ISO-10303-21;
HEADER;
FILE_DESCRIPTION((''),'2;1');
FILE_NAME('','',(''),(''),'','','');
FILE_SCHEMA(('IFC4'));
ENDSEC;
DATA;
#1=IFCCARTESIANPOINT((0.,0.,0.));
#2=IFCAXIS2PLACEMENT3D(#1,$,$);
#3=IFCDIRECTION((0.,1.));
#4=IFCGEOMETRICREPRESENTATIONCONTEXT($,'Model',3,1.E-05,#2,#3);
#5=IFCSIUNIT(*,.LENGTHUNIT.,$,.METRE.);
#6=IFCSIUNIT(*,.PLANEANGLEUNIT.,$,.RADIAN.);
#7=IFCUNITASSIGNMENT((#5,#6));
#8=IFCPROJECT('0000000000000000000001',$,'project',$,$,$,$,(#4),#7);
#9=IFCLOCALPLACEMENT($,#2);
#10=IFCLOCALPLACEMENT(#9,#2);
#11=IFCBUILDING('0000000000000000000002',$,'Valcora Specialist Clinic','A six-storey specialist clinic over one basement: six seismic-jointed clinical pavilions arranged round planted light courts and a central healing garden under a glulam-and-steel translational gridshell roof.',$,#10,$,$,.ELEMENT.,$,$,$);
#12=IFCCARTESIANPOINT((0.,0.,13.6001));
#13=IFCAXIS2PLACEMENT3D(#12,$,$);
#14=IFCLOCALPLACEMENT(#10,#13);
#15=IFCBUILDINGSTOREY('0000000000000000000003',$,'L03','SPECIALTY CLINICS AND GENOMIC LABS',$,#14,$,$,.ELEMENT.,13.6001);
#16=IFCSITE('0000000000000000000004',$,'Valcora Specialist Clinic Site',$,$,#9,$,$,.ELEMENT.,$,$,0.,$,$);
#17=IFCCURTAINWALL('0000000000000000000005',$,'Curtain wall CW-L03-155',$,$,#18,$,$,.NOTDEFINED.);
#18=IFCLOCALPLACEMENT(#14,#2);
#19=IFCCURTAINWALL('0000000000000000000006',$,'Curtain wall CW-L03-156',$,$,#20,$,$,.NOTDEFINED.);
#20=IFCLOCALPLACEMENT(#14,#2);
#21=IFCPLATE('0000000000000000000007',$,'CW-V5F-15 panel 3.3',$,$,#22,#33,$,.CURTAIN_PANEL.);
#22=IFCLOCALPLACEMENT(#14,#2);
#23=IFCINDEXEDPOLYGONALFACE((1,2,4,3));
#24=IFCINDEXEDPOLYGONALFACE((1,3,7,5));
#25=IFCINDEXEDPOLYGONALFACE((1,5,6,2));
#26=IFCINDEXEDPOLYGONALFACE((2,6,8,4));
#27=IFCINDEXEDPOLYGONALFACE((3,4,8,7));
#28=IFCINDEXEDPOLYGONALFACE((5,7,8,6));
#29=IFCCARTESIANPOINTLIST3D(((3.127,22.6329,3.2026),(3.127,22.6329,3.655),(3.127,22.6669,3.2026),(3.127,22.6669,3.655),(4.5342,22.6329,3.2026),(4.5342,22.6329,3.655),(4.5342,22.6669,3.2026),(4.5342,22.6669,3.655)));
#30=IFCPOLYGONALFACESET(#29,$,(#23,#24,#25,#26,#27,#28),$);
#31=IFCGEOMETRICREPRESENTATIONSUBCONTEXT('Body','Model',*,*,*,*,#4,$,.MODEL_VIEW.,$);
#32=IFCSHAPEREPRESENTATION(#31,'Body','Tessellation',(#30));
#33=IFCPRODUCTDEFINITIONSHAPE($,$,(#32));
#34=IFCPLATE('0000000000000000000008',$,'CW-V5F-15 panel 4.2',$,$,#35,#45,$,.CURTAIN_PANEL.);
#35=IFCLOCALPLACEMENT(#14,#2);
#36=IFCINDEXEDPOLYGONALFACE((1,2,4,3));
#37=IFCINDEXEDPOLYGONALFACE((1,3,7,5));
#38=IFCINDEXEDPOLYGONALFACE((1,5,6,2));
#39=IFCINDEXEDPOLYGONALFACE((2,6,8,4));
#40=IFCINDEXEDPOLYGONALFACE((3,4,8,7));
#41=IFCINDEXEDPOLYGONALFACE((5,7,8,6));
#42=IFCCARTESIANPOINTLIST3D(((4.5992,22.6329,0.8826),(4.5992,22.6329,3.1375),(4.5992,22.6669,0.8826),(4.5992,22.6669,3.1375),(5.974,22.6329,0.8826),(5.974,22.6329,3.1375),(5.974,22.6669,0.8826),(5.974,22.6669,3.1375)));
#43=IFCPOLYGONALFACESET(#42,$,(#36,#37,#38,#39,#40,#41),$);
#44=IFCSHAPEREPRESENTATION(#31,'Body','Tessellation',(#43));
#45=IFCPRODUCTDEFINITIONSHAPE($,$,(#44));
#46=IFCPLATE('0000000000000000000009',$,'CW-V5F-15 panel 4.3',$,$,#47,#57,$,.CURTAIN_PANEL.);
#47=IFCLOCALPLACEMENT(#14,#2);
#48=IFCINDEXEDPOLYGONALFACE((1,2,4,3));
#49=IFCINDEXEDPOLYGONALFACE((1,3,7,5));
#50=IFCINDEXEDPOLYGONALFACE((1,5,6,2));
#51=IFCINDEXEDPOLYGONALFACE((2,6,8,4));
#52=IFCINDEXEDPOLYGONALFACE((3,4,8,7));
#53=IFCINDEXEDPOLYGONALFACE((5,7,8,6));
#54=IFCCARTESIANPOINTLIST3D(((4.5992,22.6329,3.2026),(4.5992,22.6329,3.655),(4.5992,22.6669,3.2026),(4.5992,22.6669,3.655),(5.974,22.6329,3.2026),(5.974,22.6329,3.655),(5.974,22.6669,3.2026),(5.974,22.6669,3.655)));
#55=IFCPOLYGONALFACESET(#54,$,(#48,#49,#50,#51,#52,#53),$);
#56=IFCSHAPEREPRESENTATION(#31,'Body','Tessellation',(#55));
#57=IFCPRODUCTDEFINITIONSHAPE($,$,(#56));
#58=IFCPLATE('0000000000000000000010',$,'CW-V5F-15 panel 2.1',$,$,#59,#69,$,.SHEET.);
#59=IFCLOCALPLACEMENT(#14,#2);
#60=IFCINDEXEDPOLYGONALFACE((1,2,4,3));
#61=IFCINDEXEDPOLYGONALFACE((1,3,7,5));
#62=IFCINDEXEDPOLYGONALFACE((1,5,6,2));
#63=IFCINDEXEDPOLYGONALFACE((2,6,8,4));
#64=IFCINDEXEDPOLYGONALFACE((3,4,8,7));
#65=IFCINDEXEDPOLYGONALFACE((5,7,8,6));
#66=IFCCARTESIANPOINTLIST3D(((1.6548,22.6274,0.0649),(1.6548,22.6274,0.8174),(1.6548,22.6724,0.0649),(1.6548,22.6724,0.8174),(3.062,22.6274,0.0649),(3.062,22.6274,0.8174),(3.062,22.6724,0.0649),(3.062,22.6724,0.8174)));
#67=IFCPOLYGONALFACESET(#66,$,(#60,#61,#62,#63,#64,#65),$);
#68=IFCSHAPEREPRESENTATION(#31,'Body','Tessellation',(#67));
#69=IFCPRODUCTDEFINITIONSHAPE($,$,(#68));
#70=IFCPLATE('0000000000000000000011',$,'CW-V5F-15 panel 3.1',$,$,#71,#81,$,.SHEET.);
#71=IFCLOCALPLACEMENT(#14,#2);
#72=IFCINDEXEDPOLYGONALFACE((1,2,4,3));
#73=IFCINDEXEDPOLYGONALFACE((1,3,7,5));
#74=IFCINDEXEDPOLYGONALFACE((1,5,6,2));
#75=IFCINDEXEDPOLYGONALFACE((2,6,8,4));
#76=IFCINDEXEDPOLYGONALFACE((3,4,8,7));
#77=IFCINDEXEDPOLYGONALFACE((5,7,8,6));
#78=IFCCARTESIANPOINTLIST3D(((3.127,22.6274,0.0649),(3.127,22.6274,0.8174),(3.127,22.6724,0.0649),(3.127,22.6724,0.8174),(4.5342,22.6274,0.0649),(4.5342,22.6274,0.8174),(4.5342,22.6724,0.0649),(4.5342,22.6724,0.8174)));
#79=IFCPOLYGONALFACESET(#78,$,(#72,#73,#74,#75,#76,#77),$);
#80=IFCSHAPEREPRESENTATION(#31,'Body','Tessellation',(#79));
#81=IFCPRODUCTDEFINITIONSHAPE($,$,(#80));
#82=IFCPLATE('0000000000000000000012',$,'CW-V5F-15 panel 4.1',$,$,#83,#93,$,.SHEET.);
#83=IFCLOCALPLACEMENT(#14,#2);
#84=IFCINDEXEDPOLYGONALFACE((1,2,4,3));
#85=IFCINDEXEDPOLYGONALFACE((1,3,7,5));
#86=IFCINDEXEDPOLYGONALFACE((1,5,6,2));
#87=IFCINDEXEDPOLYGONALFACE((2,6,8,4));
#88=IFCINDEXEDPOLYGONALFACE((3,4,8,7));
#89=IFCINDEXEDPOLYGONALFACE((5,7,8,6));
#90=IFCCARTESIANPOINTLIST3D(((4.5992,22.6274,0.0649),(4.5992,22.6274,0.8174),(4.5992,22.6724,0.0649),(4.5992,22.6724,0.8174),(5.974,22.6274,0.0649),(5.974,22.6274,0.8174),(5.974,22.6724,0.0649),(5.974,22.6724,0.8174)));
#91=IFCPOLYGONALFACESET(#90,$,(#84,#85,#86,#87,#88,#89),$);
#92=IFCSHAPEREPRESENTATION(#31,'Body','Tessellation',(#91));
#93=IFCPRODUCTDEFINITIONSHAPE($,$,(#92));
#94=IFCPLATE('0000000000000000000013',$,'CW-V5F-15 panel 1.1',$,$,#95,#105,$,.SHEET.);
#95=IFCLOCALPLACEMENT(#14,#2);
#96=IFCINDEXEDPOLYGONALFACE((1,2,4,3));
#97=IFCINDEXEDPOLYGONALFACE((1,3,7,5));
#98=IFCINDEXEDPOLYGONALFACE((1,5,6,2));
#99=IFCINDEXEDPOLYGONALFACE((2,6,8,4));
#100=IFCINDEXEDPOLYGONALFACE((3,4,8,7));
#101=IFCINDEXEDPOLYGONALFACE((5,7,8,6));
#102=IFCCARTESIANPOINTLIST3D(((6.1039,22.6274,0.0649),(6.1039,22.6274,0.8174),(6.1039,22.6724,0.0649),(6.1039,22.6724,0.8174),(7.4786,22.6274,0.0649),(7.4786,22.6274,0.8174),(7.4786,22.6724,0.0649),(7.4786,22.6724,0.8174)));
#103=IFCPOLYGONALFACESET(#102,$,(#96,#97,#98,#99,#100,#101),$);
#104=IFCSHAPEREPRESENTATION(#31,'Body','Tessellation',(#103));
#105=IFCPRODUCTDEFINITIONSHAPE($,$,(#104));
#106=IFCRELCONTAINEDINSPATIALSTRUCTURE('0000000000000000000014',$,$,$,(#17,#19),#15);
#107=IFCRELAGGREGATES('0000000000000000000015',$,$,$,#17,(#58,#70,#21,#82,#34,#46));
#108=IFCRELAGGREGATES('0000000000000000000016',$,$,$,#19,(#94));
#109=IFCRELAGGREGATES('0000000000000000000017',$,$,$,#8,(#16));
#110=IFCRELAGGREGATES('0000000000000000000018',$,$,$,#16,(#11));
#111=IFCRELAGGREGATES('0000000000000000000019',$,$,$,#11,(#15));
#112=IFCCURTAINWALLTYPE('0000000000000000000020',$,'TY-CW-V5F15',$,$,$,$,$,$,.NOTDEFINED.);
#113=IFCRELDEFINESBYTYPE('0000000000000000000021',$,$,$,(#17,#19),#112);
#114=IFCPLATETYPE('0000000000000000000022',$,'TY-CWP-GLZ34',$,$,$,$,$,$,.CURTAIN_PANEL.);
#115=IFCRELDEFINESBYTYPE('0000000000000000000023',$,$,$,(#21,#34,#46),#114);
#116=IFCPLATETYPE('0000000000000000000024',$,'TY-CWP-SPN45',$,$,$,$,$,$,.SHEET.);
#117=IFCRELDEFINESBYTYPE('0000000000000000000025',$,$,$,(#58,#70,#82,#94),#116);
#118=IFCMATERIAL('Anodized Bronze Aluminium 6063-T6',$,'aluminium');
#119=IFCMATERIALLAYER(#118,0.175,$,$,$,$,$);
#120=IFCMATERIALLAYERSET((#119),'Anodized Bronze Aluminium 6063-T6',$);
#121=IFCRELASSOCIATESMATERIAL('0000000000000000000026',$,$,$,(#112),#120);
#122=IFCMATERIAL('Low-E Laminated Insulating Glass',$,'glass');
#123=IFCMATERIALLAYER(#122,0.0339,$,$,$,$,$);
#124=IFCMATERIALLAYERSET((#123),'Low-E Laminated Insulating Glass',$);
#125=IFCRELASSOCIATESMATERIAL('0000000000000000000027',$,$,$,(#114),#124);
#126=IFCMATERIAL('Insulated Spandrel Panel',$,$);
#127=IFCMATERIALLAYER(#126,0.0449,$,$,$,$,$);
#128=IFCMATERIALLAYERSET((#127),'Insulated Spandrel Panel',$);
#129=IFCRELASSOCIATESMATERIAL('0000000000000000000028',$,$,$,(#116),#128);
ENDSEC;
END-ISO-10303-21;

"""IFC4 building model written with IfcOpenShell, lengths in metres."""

from ifc_helpers import new_model, si_unit, direction, frame, origin, origin_2d, place, context, subcontext, project, spatial, rectangle, extrude, material, layer, layer_set, type_object, element, aggregate, save


model = new_model("IFC4")

# Units and contexts
model_context = context("Model", 3, precision=1e-05, world=origin(), true_north=direction((0.0, 1.0)))
body_context = subcontext(model_context, "Body", "Model", "MODEL_VIEW")
ifc_project = project(units=[si_unit("LENGTHUNIT", "METRE"), si_unit("PLANEANGLEUNIT", "RADIAN")], contexts=[model_context])

# Site, building, storey
site_placement = place(None, origin())
site = spatial("IfcSite", under=ifc_project, at=site_placement, Name="Valcora Specialist Clinic Site", CompositionType="ELEMENT", RefElevation=0.0)
building_placement = place(site_placement, origin())
building = spatial("IfcBuilding", under=site, at=building_placement, Name="Valcora Specialist Clinic", Description="A six-storey specialist clinic over one basement: six seismic-jointed clinical pavilions arranged round planted light courts and a central healing garden under a glulam-and-steel translational gridshell roof.", CompositionType="ELEMENT")
storey_placement = place(building_placement, frame((0.0, 0.0, 13.6001)))
storey = spatial("IfcBuildingStorey", under=building, at=storey_placement, Name="L03", Description="SPECIALTY CLINICS AND GENOMIC LABS", CompositionType="ELEMENT", Elevation=13.6001)

# Curtain wall
ifc_material_1 = material(Name="Anodized Bronze Aluminium 6063-T6", Category="aluminium")
ifc_layer_1 = layer(ifc_material_1, 0.175)
ifc_layer_set_1 = layer_set([ifc_layer_1], Name="Anodized Bronze Aluminium 6063-T6")
curtain_wall_type = type_object("IfcCurtainWallType", Name="TY-CW-V5F15", PredefinedType="NOTDEFINED", material=ifc_layer_set_1)
curtain_wall_1_placement = place(storey_placement, origin())
curtain_wall_1 = element("IfcCurtainWall", 1, at=curtain_wall_1_placement, inside=storey, type_object=curtain_wall_type, Name="Curtain wall CW-L03-155", PredefinedType="NOTDEFINED")

# Curtain wall
curtain_wall_2_placement = place(storey_placement, origin())
curtain_wall_2 = element("IfcCurtainWall", 2, at=curtain_wall_2_placement, inside=storey, type_object=curtain_wall_type, Name="Curtain wall CW-L03-156", PredefinedType="NOTDEFINED")

# Plates
ifc_material_2 = material(Name="Low-E Laminated Insulating Glass", Category="glass")
ifc_layer_2 = layer(ifc_material_2, 0.0339)
ifc_layer_set_2 = layer_set([ifc_layer_2], Name="Low-E Laminated Insulating Glass")
plate_type_1 = type_object("IfcPlateType", Name="TY-CWP-GLZ34", PredefinedType="CURTAIN_PANEL", material=ifc_layer_set_2)
plate_1_placement = place(storey_placement, frame((3.8306, 22.6499, 3.2026), z_axis=(0.0, 0.0, 1.0), x_axis=(1.0, 0.0, 0.0)))
plate_1 = element("IfcPlate", 3, at=plate_1_placement, type_object=plate_type_1, Name="CW-V5F-15 panel 3.3", PredefinedType="CURTAIN_PANEL", context=body_context, shape_type="SweptSolid", body=[
    extrude(rectangle(XDim=1.4072, YDim=0.0339, at=origin_2d()), origin(), (0.0, 0.0, 1.0), 0.4524),
])
plate_2_placement = place(storey_placement, frame((5.2866, 22.6499, 0.8826), z_axis=(0.0, 0.0, 1.0), x_axis=(1.0, 0.0, 0.0)))
plate_2 = element("IfcPlate", 4, at=plate_2_placement, type_object=plate_type_1, Name="CW-V5F-15 panel 4.2", PredefinedType="CURTAIN_PANEL", context=body_context, shape_type="SweptSolid", body=[
    extrude(rectangle(XDim=1.3748, YDim=0.0339, at=origin_2d()), origin(), (0.0, 0.0, 1.0), 2.2549),
])
plate_3_placement = place(storey_placement, frame((5.2866, 22.6499, 3.2026), z_axis=(0.0, 0.0, 1.0), x_axis=(1.0, 0.0, 0.0)))
plate_3 = element("IfcPlate", 5, at=plate_3_placement, type_object=plate_type_1, Name="CW-V5F-15 panel 4.3", PredefinedType="CURTAIN_PANEL", context=body_context, shape_type="SweptSolid", body=[
    extrude(rectangle(XDim=1.3748, YDim=0.0339, at=origin_2d()), origin(), (0.0, 0.0, 1.0), 0.4524),
])
ifc_material_3 = material(Name="Insulated Spandrel Panel")
ifc_layer_3 = layer(ifc_material_3, 0.0449)
ifc_layer_set_3 = layer_set([ifc_layer_3], Name="Insulated Spandrel Panel")
plate_type_2 = type_object("IfcPlateType", Name="TY-CWP-SPN45", PredefinedType="SHEET", material=ifc_layer_set_3)
plate_4_placement = place(storey_placement, frame((2.3584, 22.6499, 0.0649), z_axis=(0.0, 0.0, 1.0), x_axis=(1.0, 0.0, 0.0)))
plate_4 = element("IfcPlate", 6, at=plate_4_placement, type_object=plate_type_2, Name="CW-V5F-15 panel 2.1", PredefinedType="SHEET", context=body_context, shape_type="SweptSolid", body=[
    extrude(rectangle(XDim=1.4072, YDim=0.0449, at=origin_2d()), origin(), (0.0, 0.0, 1.0), 0.7524),
])
plate_5_placement = place(storey_placement, frame((3.8306, 22.6499, 0.0649), z_axis=(0.0, 0.0, 1.0), x_axis=(1.0, 0.0, 0.0)))
plate_5 = element("IfcPlate", 7, at=plate_5_placement, type_object=plate_type_2, Name="CW-V5F-15 panel 3.1", PredefinedType="SHEET", context=body_context, shape_type="SweptSolid", body=[
    extrude(rectangle(XDim=1.4072, YDim=0.0449, at=origin_2d()), origin(), (0.0, 0.0, 1.0), 0.7524),
])
plate_6_placement = place(storey_placement, frame((5.2866, 22.6499, 0.0649), z_axis=(0.0, 0.0, 1.0), x_axis=(1.0, 0.0, 0.0)))
plate_6 = element("IfcPlate", 8, at=plate_6_placement, type_object=plate_type_2, Name="CW-V5F-15 panel 4.1", PredefinedType="SHEET", context=body_context, shape_type="SweptSolid", body=[
    extrude(rectangle(XDim=1.3748, YDim=0.0449, at=origin_2d()), origin(), (0.0, 0.0, 1.0), 0.7524),
])
aggregate(curtain_wall_1, [plate_4, plate_5, plate_1, plate_6, plate_2, plate_3])
plate_7_placement = place(storey_placement, frame((6.7913, 22.6499, 0.0649), z_axis=(0.0, 0.0, 1.0), x_axis=(1.0, 0.0, 0.0)))
plate_7 = element("IfcPlate", 9, at=plate_7_placement, type_object=plate_type_2, Name="CW-V5F-15 panel 1.1", PredefinedType="SHEET", context=body_context, shape_type="SweptSolid", body=[
    extrude(rectangle(XDim=1.3748, YDim=0.0449, at=origin_2d()), origin(), (0.0, 0.0, 1.0), 0.7524),
])
aggregate(curtain_wall_2, [plate_7])

save(model, "model.ifc")
